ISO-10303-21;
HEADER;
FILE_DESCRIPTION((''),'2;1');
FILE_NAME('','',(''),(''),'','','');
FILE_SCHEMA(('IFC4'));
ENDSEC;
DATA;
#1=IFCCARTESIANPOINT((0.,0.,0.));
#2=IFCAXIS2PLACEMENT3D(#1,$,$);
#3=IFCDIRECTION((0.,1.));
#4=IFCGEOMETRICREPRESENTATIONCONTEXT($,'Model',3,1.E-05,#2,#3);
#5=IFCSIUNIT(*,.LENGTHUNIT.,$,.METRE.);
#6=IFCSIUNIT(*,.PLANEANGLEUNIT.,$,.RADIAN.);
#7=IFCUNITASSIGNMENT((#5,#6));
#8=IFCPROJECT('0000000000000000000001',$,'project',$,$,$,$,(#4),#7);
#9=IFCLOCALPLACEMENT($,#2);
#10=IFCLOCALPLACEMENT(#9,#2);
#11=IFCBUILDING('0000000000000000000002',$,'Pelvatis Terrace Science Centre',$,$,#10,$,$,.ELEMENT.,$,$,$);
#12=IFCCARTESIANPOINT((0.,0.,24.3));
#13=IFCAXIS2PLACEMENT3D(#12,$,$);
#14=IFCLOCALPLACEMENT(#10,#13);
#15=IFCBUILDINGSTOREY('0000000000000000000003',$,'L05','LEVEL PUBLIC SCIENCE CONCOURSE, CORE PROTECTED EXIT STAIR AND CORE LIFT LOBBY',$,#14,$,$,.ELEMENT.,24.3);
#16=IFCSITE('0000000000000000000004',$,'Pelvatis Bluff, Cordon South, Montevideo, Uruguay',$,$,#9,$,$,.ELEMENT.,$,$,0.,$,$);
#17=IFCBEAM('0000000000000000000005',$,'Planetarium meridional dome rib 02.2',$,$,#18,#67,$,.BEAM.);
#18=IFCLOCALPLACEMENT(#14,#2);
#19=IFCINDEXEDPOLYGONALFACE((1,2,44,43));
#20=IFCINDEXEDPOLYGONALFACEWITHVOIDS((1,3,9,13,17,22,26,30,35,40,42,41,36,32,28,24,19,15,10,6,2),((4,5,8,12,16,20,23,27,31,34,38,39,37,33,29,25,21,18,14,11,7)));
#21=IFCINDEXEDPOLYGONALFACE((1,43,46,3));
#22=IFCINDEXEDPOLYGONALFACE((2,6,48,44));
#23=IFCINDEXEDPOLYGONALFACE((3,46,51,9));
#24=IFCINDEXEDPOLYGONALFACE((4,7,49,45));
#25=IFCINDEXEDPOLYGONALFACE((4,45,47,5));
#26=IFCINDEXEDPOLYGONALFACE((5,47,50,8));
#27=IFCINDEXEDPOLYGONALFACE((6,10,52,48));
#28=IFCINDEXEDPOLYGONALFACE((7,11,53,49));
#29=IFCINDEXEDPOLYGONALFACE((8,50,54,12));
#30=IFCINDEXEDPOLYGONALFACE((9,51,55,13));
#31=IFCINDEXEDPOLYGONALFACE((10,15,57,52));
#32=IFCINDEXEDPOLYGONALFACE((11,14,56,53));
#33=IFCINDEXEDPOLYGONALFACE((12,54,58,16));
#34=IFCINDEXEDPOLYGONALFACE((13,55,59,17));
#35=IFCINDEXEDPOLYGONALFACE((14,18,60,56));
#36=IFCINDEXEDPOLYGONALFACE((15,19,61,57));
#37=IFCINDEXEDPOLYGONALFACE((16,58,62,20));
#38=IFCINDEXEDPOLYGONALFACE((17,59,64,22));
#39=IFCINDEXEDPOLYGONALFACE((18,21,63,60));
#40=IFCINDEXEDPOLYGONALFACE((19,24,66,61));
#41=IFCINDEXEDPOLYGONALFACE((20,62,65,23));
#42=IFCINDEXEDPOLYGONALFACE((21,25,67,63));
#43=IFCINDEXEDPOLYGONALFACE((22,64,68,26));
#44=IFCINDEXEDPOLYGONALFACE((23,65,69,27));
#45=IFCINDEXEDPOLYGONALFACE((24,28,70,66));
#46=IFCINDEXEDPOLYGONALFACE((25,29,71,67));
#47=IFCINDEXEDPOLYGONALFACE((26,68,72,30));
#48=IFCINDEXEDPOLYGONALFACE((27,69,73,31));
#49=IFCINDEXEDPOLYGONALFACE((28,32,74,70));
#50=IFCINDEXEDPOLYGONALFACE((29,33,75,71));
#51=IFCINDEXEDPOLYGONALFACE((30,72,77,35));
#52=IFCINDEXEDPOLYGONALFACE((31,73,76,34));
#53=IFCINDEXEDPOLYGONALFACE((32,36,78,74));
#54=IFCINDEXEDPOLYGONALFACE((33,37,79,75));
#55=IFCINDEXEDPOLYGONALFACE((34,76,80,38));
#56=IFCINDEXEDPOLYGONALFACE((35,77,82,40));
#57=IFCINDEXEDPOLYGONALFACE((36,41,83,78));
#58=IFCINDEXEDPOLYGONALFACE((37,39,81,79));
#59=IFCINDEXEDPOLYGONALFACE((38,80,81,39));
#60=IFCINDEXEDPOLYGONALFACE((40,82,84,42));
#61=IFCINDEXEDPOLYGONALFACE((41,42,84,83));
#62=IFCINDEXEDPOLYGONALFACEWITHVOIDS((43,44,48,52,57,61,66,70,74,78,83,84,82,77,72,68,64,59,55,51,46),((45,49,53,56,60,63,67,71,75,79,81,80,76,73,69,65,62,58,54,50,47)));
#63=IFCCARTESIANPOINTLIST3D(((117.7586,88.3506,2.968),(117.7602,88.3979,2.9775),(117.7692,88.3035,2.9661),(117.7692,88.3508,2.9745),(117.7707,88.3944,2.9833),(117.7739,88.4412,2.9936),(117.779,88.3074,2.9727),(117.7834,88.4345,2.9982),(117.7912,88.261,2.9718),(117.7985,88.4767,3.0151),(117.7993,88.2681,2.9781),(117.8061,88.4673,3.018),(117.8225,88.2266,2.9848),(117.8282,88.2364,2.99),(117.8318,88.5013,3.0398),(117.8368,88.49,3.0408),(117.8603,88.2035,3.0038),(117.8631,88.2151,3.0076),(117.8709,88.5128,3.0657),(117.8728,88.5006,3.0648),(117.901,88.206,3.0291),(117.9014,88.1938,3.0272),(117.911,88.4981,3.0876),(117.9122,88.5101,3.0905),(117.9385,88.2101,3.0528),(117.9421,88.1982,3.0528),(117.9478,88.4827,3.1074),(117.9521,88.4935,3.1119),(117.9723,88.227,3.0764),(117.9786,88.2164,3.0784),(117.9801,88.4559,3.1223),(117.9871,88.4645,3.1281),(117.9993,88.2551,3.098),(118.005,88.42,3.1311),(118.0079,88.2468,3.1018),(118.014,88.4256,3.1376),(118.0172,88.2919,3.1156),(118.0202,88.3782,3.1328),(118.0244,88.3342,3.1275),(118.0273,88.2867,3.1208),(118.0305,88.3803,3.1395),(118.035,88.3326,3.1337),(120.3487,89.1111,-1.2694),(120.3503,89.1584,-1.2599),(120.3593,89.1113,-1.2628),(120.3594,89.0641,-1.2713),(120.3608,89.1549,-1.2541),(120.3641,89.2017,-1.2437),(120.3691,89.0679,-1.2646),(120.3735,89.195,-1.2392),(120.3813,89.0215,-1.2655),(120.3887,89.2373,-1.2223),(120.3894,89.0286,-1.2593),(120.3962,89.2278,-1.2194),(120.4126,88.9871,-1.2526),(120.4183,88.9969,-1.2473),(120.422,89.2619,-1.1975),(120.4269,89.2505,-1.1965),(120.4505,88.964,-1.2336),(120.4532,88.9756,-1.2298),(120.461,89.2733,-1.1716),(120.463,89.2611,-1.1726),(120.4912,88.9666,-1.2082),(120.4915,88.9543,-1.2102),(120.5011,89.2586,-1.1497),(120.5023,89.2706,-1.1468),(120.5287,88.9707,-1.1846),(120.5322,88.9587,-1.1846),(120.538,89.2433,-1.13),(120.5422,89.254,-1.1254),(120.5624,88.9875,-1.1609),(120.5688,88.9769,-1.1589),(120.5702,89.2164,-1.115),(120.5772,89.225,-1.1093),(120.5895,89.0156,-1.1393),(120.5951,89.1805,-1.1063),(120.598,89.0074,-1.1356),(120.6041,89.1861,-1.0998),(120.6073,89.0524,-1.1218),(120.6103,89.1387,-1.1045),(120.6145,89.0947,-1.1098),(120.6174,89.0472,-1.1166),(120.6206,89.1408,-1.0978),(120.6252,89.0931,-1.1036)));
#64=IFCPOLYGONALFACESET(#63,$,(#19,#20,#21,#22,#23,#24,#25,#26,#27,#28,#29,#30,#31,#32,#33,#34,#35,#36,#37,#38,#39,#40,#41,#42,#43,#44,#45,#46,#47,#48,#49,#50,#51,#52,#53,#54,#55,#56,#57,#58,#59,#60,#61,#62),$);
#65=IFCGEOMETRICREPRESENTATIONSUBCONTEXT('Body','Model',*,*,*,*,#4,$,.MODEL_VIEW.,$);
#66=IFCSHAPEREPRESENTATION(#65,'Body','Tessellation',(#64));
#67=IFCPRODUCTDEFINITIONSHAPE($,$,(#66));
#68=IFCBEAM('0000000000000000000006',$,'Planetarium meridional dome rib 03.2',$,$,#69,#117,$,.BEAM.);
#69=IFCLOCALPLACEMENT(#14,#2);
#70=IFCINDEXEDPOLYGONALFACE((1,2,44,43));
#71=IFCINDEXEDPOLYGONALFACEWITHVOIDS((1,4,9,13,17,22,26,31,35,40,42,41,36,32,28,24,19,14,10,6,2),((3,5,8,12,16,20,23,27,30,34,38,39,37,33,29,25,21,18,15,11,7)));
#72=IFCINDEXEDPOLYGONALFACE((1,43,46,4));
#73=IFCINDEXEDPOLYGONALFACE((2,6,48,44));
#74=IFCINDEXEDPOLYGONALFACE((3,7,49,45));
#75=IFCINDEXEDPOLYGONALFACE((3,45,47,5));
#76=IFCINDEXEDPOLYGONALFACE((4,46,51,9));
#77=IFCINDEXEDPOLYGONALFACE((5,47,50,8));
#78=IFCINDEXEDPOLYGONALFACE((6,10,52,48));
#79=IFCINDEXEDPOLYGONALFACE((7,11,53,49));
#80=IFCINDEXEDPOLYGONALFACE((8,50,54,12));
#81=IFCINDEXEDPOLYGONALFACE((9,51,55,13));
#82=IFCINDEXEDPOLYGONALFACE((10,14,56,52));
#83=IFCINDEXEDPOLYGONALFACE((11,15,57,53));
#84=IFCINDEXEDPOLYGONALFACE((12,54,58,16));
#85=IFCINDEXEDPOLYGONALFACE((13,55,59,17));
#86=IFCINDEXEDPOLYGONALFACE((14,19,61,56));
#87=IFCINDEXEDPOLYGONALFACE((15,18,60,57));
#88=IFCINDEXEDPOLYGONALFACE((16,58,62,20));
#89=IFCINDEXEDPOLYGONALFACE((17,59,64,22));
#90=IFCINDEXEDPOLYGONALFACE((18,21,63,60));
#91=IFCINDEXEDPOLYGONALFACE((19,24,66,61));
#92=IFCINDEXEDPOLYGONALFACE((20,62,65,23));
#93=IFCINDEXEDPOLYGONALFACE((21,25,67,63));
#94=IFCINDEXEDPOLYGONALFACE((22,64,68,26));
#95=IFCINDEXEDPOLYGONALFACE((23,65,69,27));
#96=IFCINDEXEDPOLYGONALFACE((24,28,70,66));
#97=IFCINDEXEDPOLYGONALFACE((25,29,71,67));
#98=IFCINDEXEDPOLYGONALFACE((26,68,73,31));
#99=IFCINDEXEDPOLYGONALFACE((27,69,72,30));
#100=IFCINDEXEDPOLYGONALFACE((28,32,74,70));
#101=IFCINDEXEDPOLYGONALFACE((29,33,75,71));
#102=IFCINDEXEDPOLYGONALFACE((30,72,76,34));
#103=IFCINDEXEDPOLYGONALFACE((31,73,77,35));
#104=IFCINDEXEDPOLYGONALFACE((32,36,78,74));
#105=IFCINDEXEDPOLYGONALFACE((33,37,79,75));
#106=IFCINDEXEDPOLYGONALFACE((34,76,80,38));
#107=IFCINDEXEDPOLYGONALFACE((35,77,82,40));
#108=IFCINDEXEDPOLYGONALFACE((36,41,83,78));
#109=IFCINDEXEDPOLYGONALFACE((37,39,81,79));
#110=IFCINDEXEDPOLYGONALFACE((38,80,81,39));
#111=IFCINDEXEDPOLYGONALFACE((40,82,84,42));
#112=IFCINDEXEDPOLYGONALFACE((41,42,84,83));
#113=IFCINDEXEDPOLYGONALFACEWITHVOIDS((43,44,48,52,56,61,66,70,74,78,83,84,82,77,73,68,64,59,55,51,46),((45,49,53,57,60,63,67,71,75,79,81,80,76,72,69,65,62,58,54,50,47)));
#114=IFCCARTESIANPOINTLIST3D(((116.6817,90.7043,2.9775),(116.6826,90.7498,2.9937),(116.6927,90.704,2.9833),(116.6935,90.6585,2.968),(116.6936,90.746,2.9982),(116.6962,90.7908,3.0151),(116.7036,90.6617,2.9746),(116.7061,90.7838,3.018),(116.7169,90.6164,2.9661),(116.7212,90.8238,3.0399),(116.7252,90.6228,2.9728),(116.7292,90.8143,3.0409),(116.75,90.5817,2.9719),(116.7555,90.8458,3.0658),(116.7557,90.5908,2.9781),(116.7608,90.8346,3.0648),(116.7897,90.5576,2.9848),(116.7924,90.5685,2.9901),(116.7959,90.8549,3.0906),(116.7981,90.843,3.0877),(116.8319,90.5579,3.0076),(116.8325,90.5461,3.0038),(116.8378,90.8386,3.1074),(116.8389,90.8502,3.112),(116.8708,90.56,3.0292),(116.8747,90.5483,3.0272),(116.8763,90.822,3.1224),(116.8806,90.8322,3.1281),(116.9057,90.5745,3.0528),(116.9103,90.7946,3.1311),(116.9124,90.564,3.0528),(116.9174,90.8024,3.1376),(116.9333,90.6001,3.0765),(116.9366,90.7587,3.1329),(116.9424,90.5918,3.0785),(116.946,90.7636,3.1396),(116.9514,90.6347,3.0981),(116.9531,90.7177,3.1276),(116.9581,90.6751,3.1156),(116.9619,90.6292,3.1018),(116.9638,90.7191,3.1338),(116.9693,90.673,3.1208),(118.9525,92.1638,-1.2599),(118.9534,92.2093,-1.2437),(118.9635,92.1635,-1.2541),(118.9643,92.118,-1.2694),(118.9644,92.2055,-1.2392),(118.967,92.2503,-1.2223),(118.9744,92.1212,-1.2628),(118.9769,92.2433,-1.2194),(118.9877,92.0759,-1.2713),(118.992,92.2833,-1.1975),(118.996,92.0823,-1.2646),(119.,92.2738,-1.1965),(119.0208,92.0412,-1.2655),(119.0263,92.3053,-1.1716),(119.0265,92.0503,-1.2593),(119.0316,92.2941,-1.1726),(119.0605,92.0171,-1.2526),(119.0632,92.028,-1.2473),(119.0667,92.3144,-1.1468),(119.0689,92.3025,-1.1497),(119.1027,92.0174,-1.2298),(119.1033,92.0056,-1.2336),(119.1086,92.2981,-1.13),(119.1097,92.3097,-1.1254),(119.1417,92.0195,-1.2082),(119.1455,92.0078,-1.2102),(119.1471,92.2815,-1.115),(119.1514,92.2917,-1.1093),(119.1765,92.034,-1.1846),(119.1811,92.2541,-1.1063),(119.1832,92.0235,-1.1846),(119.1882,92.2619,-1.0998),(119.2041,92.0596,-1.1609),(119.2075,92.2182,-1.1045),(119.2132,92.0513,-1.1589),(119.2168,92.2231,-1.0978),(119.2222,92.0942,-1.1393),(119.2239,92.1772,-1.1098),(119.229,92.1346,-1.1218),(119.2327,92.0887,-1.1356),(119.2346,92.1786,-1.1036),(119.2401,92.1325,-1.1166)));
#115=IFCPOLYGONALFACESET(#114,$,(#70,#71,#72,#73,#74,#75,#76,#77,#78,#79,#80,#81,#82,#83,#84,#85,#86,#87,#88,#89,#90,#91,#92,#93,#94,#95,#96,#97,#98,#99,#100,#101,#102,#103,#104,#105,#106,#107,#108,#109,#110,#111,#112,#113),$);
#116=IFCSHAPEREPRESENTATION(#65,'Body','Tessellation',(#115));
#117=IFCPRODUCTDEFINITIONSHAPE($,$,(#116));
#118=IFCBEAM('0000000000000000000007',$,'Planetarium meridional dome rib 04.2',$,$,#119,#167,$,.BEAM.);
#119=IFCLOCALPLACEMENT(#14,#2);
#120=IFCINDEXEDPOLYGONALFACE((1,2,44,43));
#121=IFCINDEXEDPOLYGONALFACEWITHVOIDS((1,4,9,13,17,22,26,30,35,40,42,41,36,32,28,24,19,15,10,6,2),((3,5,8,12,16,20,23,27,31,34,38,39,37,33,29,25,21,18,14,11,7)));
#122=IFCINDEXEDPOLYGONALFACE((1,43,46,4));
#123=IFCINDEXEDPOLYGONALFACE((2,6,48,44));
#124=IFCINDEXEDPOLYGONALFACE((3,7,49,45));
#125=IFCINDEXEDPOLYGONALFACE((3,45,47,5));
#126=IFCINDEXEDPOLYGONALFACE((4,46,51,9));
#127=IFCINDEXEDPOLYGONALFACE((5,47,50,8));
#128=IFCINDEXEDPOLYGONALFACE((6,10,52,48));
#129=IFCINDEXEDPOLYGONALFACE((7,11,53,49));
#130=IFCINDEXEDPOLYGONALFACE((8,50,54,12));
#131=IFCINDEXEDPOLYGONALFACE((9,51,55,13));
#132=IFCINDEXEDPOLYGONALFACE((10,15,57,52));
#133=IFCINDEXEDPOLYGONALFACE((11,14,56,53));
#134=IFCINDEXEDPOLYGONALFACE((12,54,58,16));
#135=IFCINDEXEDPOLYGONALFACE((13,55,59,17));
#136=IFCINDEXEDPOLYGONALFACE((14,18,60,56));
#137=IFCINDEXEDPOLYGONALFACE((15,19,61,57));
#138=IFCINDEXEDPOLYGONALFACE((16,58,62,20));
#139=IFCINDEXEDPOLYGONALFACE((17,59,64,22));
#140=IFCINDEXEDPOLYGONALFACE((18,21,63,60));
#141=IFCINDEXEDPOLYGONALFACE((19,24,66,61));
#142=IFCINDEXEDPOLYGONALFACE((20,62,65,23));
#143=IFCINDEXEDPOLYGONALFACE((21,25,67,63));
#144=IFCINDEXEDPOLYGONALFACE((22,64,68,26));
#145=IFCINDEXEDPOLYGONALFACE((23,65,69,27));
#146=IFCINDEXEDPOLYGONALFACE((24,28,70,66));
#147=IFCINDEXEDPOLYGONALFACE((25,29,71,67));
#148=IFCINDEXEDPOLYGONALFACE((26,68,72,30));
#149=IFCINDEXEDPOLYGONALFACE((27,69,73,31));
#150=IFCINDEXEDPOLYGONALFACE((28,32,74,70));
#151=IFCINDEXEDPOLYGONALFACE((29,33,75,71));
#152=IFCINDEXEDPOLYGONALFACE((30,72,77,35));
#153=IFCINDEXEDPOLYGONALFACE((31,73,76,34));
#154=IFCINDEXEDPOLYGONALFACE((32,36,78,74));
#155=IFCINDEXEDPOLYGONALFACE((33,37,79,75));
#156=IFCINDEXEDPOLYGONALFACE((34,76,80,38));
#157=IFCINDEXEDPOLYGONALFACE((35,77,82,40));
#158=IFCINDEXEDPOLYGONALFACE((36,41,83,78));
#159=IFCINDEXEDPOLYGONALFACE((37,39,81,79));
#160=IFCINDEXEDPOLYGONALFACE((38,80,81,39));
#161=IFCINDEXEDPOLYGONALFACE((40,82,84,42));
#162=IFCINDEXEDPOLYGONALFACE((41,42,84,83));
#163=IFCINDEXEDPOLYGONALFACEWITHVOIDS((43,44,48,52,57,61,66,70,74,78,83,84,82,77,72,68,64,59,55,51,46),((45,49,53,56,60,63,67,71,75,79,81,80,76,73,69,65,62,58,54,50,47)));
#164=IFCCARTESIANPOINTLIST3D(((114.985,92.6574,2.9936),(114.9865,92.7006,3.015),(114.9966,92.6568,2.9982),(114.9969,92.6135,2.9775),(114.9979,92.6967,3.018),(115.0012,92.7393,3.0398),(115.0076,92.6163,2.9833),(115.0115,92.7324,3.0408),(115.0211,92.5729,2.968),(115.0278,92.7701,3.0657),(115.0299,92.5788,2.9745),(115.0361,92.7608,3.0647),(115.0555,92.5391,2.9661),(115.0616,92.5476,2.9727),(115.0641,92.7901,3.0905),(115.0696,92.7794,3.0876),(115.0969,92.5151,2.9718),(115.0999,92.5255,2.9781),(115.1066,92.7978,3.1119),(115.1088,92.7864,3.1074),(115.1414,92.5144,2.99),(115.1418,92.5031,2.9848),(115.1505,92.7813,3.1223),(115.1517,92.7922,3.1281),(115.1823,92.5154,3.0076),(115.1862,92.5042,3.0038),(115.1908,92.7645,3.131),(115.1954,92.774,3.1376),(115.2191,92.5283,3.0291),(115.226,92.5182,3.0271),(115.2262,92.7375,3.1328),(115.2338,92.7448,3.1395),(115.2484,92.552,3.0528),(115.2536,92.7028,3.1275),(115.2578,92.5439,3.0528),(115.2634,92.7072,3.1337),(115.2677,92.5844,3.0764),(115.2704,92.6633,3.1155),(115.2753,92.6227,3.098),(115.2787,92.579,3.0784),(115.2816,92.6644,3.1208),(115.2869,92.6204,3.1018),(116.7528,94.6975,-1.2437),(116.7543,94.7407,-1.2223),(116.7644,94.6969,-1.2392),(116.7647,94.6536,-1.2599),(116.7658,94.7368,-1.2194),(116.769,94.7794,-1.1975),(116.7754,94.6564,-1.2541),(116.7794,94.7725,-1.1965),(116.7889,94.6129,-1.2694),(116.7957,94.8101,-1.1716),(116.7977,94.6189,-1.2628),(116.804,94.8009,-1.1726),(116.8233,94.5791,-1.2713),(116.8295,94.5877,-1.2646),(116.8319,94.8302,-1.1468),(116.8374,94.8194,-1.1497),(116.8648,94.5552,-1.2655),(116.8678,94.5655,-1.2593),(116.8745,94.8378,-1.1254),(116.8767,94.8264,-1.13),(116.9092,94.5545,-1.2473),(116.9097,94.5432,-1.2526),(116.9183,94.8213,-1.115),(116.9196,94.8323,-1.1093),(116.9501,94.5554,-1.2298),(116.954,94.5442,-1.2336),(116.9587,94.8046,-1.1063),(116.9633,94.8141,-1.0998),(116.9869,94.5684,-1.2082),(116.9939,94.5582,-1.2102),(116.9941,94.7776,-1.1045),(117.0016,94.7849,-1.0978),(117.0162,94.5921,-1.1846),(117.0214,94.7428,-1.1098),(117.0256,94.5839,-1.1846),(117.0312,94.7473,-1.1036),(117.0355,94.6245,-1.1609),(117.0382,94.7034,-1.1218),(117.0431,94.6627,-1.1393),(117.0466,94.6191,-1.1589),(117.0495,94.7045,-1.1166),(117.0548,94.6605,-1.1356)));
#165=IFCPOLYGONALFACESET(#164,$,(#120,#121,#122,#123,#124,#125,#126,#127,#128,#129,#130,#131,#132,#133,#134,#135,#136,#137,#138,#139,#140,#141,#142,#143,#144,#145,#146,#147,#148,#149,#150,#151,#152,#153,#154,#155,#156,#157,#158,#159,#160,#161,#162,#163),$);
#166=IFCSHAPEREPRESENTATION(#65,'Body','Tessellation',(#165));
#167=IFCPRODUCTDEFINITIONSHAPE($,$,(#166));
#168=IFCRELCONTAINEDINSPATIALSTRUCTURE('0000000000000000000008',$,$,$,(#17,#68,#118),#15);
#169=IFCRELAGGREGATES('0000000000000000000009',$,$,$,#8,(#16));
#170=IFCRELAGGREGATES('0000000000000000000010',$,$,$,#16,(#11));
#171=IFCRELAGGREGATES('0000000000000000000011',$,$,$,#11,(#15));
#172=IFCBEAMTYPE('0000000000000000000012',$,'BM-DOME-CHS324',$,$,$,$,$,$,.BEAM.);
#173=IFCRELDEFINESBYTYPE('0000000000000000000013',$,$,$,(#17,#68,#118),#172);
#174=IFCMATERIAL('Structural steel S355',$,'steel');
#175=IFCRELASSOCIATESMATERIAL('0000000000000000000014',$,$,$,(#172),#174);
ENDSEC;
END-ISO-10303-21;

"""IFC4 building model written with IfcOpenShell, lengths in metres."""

from ifc_helpers import new_model, si_unit, direction, frame, origin, origin_2d, place, context, subcontext, project, spatial, hollow_circle, extrude, material, material_profile, profile_set, type_object, element, save


model = new_model("IFC4")

# Units and contexts
model_context = context("Model", 3, precision=1e-05, world=origin(), true_north=direction((0.0, 1.0)))
body_context = subcontext(model_context, "Body", "Model", "MODEL_VIEW")
ifc_project = project(units=[si_unit("LENGTHUNIT", "METRE"), si_unit("PLANEANGLEUNIT", "RADIAN")], contexts=[model_context])

# Site, building, storey
site_placement = place(None, origin())
site = spatial("IfcSite", under=ifc_project, at=site_placement, Name="Pelvatis Bluff, Cordon South, Montevideo, Uruguay", CompositionType="ELEMENT", RefElevation=0.0)
building_placement = place(site_placement, origin())
building = spatial("IfcBuilding", under=site, at=building_placement, Name="Pelvatis Terrace Science Centre", CompositionType="ELEMENT")
storey_placement = place(building_placement, frame((0.0, 0.0, 24.3)))
storey = spatial("IfcBuildingStorey", under=building, at=storey_placement, Name="L05", Description="LEVEL PUBLIC SCIENCE CONCOURSE, CORE PROTECTED EXIT STAIR AND CORE LIFT LOBBY", CompositionType="ELEMENT", Elevation=24.3)

# Beams
ifc_material_1 = material(Name="Structural steel S355", Category="steel")
ifc_material_profile_1 = material_profile(ifc_material_1, hollow_circle(Radius=0.1619, WallThickness=0.0125, at=origin_2d()), Name="CHS 323.9x12.5")
ifc_profile_set_1 = profile_set([ifc_material_profile_1], Name="Structural steel S355")
beam_type_1 = type_object("IfcBeamType", Name="BM-DOME-CHS324", PredefinedType="BEAM", material=ifc_profile_set_1)
for number, where, z_axis, x_axis, name in (
    (1, (120.4866, 89.114, -1.1846), (-0.515532, -0.15137, 0.843394), (0.281726, -0.959495, 0.0), "Planetarium meridional dome rib 02.2"),
    (2, (119.0957, 92.1597, -1.1846), (-0.451976, -0.290497, 0.843403), (0.54068, -0.841228, 0.0), "Planetarium meridional dome rib 03.2"),
    (3, (116.9033, 94.6899, -1.1846), (-0.351868, -0.40605, 0.843394), (0.755728, -0.654886, 0.0), "Planetarium meridional dome rib 04.2"),
):
    element("IfcBeam", number, at=place(storey_placement, frame(where, z_axis=z_axis, x_axis=x_axis)), inside=storey, type_object=beam_type_1, Name=name, PredefinedType="BEAM", context=body_context, shape_type="SweptSolid", body=[
        extrude(hollow_circle(Radius=0.1619, WallThickness=0.0125, at=origin_2d()), origin(), (0.0, 0.0, 1.0), 5.0242),
    ])

save(model, "model.ifc")
